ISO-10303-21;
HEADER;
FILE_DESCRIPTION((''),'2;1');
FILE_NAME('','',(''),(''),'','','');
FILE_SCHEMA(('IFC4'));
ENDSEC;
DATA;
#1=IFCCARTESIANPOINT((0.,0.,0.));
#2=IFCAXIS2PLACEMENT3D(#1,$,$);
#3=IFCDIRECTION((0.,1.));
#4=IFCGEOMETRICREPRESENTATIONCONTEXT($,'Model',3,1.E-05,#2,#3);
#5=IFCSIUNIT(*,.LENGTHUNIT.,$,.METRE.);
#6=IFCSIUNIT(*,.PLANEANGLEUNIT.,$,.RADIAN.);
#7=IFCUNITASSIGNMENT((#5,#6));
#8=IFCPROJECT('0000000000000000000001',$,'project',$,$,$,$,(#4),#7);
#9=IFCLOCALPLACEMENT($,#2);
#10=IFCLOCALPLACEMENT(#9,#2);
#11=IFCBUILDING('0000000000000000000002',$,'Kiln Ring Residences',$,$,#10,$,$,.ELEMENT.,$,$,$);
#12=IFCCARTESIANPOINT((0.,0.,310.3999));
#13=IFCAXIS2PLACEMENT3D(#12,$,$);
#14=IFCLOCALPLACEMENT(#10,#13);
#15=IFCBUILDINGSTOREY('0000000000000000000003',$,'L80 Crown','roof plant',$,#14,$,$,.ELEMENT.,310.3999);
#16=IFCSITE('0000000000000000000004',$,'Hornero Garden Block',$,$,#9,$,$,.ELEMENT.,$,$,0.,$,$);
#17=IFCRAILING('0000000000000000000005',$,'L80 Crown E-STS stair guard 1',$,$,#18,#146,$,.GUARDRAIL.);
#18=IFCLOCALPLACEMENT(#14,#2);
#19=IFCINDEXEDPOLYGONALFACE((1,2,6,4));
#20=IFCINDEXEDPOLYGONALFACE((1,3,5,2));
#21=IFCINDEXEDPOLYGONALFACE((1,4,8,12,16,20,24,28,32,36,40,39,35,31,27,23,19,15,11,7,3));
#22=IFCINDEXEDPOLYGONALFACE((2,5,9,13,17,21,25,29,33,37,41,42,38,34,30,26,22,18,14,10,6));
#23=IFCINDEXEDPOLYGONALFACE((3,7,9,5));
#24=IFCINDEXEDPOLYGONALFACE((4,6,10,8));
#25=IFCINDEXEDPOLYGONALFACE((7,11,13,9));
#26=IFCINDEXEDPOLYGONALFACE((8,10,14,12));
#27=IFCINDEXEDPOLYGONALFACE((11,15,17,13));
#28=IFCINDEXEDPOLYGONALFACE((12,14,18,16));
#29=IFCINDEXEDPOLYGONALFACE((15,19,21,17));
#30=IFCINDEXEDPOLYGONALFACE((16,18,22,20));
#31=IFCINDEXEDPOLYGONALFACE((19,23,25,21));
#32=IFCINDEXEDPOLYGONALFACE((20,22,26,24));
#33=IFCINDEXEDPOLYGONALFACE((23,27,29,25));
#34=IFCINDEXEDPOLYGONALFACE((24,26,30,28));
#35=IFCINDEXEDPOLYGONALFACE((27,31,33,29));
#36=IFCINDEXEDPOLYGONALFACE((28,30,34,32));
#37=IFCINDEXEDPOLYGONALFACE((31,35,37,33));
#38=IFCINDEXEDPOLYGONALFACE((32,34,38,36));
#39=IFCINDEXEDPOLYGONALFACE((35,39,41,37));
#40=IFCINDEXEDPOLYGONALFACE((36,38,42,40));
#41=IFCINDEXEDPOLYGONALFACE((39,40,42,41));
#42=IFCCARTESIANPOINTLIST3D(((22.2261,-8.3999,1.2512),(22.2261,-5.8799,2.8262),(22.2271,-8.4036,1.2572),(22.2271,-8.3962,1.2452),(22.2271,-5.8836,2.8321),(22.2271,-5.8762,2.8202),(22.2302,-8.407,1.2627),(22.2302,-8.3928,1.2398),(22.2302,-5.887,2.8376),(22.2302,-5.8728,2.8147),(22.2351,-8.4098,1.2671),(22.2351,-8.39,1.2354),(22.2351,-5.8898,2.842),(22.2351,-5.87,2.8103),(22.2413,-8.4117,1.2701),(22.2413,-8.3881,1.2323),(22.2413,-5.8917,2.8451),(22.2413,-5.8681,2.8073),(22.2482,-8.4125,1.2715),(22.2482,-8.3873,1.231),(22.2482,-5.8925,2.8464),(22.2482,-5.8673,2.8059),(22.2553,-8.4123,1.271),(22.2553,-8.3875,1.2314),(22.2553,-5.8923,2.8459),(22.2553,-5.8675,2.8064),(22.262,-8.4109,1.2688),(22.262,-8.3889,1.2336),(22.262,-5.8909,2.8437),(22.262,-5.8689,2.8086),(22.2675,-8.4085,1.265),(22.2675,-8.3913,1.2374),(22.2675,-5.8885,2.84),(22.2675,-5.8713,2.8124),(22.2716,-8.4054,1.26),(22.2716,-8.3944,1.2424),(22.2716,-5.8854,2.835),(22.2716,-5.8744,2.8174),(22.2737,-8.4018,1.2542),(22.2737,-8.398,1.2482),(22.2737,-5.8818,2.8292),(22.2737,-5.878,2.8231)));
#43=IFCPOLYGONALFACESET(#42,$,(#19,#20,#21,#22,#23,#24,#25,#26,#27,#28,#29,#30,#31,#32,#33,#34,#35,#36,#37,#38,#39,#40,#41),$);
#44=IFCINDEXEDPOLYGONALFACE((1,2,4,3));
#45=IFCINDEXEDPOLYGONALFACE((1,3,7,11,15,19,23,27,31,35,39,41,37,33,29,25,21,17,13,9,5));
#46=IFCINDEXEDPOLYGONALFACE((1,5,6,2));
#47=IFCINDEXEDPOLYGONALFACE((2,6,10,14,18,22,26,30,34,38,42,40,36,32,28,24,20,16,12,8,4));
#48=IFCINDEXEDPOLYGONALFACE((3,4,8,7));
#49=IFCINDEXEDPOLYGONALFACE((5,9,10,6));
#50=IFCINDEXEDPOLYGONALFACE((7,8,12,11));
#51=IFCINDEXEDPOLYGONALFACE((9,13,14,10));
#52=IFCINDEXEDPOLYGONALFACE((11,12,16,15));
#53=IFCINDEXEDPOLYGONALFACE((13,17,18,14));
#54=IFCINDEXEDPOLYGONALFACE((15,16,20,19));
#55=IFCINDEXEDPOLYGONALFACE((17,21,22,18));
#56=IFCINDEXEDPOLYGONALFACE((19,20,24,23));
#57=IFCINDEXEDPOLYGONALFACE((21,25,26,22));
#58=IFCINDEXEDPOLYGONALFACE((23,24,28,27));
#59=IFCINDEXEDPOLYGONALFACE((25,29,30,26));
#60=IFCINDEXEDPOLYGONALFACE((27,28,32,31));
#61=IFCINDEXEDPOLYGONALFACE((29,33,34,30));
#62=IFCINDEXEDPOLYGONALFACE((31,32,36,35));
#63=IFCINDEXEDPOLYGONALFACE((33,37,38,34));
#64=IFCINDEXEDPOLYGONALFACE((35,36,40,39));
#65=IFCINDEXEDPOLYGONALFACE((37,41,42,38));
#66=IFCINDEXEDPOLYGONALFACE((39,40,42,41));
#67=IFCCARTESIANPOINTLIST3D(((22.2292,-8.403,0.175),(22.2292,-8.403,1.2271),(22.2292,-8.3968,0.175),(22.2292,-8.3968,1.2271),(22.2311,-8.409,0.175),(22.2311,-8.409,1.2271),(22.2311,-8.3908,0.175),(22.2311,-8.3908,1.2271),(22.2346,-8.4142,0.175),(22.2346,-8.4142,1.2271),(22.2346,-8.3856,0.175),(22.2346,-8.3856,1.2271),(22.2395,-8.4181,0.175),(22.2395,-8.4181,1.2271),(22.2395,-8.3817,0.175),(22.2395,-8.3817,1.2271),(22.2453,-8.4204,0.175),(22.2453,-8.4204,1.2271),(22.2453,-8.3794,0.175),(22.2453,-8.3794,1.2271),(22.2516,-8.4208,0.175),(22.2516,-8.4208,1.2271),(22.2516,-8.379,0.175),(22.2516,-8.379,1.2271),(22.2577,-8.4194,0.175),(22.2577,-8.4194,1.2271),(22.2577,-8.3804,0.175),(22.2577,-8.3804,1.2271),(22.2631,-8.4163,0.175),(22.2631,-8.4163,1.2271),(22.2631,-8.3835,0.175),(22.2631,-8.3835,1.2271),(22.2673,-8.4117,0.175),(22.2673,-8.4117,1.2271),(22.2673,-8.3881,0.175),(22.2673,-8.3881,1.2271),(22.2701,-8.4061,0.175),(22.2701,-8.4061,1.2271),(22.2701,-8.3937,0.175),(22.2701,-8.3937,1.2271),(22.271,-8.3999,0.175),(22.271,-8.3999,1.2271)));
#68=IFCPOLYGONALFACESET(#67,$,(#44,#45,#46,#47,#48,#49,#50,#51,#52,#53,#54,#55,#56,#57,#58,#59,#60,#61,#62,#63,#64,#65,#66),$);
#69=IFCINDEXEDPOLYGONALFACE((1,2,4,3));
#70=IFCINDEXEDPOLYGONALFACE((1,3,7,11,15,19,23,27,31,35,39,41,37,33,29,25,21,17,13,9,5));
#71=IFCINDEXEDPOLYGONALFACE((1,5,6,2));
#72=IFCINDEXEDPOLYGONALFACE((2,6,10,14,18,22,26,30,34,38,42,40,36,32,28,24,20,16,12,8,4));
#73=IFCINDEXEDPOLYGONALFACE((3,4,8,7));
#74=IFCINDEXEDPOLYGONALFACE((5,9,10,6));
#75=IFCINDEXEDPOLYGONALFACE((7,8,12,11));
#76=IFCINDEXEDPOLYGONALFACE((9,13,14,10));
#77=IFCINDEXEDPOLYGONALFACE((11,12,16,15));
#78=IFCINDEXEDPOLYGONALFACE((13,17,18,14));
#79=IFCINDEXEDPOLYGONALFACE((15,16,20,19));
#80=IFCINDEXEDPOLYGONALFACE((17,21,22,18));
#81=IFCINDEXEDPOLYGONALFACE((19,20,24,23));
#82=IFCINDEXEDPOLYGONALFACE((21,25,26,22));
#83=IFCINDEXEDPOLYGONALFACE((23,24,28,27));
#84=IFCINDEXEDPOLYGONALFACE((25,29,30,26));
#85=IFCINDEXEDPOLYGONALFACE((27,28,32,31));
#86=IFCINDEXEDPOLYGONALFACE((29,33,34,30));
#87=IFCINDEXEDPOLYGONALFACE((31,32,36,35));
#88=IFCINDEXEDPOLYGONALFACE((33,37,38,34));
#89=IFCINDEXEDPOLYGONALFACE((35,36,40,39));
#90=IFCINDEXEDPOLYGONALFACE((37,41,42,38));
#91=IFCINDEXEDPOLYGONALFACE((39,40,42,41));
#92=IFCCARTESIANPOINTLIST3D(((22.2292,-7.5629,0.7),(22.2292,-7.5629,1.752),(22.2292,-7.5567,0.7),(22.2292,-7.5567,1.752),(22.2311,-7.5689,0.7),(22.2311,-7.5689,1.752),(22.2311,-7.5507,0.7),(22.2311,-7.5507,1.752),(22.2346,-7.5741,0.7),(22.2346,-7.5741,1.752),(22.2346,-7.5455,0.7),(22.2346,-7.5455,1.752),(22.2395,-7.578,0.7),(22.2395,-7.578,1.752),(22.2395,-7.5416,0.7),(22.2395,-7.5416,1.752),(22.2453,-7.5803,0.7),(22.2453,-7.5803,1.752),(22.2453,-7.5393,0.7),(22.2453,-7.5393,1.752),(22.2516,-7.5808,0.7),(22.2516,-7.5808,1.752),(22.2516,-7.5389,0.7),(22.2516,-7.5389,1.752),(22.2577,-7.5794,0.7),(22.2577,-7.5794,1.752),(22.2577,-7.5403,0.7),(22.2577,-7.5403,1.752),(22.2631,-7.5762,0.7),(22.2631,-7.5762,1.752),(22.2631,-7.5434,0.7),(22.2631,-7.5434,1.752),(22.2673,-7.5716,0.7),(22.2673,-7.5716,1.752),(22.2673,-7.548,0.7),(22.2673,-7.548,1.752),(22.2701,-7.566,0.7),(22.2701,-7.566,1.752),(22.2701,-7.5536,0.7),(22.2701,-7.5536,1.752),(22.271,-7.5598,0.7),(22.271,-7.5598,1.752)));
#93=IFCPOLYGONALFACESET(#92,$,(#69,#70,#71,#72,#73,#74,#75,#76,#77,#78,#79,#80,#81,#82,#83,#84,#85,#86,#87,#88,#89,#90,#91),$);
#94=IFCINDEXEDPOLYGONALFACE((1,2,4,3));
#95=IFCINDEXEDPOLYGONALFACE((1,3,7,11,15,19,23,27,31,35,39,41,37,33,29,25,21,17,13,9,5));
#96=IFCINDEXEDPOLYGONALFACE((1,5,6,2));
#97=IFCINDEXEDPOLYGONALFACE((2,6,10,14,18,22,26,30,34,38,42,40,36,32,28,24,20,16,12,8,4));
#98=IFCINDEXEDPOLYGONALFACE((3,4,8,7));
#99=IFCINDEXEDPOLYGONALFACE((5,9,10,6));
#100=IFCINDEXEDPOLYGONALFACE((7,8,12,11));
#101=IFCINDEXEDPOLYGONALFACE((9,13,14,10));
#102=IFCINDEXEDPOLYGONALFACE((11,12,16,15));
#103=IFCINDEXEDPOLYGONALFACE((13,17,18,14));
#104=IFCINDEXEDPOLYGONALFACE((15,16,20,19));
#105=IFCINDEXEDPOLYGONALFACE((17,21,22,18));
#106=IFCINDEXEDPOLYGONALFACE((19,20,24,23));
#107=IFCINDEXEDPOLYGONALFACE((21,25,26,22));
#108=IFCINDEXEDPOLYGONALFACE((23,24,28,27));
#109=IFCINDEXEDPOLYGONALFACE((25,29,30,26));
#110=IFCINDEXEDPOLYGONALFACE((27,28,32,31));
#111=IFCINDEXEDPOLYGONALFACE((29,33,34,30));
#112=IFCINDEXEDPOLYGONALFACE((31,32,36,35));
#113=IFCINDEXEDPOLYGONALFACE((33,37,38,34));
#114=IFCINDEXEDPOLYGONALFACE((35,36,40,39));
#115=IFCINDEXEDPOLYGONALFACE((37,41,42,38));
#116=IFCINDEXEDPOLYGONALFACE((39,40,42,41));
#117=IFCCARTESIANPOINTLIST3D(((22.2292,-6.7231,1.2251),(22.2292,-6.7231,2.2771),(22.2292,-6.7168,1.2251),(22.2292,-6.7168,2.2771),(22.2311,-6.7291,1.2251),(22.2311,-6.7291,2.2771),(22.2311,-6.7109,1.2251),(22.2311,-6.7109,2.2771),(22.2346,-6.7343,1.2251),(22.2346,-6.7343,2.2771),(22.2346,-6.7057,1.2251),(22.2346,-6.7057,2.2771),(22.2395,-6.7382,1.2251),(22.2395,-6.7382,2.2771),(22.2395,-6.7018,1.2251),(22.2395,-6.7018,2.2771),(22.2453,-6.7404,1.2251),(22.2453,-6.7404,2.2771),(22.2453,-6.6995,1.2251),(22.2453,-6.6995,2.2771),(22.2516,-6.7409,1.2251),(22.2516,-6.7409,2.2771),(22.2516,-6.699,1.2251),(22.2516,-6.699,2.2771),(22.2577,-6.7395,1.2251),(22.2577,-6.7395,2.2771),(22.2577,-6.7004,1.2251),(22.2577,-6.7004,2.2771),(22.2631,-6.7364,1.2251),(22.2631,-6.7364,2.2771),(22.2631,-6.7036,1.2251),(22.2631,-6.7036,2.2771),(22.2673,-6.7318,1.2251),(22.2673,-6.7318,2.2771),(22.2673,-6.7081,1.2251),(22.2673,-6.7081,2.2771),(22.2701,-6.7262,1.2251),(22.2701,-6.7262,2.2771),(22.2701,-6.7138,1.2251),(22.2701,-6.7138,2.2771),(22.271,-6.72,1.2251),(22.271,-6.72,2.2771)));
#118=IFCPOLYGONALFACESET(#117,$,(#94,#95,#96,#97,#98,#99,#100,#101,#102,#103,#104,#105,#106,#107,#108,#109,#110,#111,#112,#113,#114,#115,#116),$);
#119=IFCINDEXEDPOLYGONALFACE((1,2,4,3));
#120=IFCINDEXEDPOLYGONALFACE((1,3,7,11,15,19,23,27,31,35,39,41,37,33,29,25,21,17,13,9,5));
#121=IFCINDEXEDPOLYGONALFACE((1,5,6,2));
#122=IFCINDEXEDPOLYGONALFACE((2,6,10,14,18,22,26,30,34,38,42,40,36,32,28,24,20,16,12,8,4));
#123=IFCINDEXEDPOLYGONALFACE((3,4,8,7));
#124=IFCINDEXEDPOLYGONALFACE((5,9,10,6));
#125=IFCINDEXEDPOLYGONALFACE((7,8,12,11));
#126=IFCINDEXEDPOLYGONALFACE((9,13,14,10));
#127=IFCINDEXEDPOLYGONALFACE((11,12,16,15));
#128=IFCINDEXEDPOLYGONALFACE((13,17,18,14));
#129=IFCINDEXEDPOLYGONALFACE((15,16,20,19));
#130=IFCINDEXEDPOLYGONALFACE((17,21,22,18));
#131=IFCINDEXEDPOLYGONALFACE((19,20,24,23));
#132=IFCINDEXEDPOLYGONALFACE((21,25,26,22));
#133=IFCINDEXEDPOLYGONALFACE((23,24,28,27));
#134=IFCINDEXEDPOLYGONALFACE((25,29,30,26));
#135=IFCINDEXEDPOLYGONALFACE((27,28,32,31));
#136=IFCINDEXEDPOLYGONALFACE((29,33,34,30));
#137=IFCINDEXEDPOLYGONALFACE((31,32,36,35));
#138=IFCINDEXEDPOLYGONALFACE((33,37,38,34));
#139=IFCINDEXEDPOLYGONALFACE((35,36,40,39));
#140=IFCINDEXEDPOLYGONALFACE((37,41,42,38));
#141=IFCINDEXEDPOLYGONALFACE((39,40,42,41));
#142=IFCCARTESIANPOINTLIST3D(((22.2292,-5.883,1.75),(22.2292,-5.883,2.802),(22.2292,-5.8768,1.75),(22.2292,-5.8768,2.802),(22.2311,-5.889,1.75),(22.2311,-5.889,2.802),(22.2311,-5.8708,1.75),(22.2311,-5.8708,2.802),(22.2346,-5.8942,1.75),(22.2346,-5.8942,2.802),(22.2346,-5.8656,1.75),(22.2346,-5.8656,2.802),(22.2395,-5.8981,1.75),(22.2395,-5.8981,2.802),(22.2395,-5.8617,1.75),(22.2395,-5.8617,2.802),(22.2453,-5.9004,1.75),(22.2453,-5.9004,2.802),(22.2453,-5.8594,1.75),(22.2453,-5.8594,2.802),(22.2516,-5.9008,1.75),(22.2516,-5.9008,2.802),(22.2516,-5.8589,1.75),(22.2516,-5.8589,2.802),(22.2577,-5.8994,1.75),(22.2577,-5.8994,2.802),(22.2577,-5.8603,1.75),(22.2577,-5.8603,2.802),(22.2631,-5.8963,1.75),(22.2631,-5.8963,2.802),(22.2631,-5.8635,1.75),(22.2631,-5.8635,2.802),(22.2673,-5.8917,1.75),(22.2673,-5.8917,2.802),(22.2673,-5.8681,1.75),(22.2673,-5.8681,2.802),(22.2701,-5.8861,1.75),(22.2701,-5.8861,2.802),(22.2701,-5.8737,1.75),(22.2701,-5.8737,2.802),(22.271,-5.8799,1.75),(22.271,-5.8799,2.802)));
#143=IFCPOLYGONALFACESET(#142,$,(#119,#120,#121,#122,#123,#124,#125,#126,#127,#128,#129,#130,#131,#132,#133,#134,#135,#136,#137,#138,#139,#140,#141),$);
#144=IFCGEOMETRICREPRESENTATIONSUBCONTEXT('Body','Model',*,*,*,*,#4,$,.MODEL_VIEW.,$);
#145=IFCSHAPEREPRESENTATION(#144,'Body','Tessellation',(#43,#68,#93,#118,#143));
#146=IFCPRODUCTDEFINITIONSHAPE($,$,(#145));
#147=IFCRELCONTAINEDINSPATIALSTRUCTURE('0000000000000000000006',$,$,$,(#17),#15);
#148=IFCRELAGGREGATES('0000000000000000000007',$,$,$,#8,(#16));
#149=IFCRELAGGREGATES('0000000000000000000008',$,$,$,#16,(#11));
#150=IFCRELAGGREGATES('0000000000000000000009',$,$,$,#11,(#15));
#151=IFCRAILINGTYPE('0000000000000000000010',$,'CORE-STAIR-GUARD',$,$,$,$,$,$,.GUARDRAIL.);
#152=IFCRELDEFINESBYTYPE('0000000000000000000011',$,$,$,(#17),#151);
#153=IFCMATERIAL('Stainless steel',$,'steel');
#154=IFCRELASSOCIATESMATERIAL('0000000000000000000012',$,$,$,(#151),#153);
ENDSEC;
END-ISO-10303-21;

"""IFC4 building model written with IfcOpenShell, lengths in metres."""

from ifc_helpers import new_model, si_unit, direction, frame, origin, origin_2d, place, context, subcontext, project, spatial, circle, extrude, material, type_object, element, save


model = new_model("IFC4")

# Units and contexts
model_context = context("Model", 3, precision=1e-05, world=origin(), true_north=direction((0.0, 1.0)))
body_context = subcontext(model_context, "Body", "Model", "MODEL_VIEW")
ifc_project = project(units=[si_unit("LENGTHUNIT", "METRE"), si_unit("PLANEANGLEUNIT", "RADIAN")], contexts=[model_context])

# Site, building, storey
site_placement = place(None, origin())
site = spatial("IfcSite", under=ifc_project, at=site_placement, Name="Hornero Garden Block", CompositionType="ELEMENT", RefElevation=0.0)
building_placement = place(site_placement, origin())
building = spatial("IfcBuilding", under=site, at=building_placement, Name="Kiln Ring Residences", CompositionType="ELEMENT")
storey_placement = place(building_placement, frame((0.0, 0.0, 310.3999)))
storey = spatial("IfcBuildingStorey", under=building, at=storey_placement, Name="L80 Crown", Description="roof plant", CompositionType="ELEMENT", Elevation=310.3999)

# Railing
ifc_material_1 = material(Name="Stainless steel", Category="steel")
railing_type_1 = type_object("IfcRailingType", Name="CORE-STAIR-GUARD", PredefinedType="GUARDRAIL", material=ifc_material_1)
railing_1_placement = place(storey_placement, frame((22.25, -8.3999, 0.175)))
element("IfcRailing", 1, at=railing_1_placement, inside=storey, type_object=railing_type_1, Name="L80 Crown E-STS stair guard 1", PredefinedType="GUARDRAIL", context=body_context, shape_type="SweptSolid", body=[
    extrude(circle(Radius=0.0239, at=origin_2d()), frame((0.0, 0.0, 1.0762), z_axis=(0.0, 0.848008, 0.529984), x_axis=(-1.0, 0.0, 0.0)), (0.0, 0.0, 1.0), 2.9717),
    extrude(circle(Radius=0.021, at=origin_2d()), origin(), (0.0, 0.0, 1.0), 1.052),
    extrude(circle(Radius=0.021, at=origin_2d()), frame((0.0, 0.8401, 0.5249)), (0.0, 0.0, 1.0), 1.052),
    extrude(circle(Radius=0.021, at=origin_2d()), frame((0.0, 1.6799, 1.05)), (0.0, 0.0, 1.0), 1.052),
    extrude(circle(Radius=0.021, at=origin_2d()), frame((0.0, 2.52, 1.575)), (0.0, 0.0, 1.0), 1.052),
])

save(model, "model.ifc")
